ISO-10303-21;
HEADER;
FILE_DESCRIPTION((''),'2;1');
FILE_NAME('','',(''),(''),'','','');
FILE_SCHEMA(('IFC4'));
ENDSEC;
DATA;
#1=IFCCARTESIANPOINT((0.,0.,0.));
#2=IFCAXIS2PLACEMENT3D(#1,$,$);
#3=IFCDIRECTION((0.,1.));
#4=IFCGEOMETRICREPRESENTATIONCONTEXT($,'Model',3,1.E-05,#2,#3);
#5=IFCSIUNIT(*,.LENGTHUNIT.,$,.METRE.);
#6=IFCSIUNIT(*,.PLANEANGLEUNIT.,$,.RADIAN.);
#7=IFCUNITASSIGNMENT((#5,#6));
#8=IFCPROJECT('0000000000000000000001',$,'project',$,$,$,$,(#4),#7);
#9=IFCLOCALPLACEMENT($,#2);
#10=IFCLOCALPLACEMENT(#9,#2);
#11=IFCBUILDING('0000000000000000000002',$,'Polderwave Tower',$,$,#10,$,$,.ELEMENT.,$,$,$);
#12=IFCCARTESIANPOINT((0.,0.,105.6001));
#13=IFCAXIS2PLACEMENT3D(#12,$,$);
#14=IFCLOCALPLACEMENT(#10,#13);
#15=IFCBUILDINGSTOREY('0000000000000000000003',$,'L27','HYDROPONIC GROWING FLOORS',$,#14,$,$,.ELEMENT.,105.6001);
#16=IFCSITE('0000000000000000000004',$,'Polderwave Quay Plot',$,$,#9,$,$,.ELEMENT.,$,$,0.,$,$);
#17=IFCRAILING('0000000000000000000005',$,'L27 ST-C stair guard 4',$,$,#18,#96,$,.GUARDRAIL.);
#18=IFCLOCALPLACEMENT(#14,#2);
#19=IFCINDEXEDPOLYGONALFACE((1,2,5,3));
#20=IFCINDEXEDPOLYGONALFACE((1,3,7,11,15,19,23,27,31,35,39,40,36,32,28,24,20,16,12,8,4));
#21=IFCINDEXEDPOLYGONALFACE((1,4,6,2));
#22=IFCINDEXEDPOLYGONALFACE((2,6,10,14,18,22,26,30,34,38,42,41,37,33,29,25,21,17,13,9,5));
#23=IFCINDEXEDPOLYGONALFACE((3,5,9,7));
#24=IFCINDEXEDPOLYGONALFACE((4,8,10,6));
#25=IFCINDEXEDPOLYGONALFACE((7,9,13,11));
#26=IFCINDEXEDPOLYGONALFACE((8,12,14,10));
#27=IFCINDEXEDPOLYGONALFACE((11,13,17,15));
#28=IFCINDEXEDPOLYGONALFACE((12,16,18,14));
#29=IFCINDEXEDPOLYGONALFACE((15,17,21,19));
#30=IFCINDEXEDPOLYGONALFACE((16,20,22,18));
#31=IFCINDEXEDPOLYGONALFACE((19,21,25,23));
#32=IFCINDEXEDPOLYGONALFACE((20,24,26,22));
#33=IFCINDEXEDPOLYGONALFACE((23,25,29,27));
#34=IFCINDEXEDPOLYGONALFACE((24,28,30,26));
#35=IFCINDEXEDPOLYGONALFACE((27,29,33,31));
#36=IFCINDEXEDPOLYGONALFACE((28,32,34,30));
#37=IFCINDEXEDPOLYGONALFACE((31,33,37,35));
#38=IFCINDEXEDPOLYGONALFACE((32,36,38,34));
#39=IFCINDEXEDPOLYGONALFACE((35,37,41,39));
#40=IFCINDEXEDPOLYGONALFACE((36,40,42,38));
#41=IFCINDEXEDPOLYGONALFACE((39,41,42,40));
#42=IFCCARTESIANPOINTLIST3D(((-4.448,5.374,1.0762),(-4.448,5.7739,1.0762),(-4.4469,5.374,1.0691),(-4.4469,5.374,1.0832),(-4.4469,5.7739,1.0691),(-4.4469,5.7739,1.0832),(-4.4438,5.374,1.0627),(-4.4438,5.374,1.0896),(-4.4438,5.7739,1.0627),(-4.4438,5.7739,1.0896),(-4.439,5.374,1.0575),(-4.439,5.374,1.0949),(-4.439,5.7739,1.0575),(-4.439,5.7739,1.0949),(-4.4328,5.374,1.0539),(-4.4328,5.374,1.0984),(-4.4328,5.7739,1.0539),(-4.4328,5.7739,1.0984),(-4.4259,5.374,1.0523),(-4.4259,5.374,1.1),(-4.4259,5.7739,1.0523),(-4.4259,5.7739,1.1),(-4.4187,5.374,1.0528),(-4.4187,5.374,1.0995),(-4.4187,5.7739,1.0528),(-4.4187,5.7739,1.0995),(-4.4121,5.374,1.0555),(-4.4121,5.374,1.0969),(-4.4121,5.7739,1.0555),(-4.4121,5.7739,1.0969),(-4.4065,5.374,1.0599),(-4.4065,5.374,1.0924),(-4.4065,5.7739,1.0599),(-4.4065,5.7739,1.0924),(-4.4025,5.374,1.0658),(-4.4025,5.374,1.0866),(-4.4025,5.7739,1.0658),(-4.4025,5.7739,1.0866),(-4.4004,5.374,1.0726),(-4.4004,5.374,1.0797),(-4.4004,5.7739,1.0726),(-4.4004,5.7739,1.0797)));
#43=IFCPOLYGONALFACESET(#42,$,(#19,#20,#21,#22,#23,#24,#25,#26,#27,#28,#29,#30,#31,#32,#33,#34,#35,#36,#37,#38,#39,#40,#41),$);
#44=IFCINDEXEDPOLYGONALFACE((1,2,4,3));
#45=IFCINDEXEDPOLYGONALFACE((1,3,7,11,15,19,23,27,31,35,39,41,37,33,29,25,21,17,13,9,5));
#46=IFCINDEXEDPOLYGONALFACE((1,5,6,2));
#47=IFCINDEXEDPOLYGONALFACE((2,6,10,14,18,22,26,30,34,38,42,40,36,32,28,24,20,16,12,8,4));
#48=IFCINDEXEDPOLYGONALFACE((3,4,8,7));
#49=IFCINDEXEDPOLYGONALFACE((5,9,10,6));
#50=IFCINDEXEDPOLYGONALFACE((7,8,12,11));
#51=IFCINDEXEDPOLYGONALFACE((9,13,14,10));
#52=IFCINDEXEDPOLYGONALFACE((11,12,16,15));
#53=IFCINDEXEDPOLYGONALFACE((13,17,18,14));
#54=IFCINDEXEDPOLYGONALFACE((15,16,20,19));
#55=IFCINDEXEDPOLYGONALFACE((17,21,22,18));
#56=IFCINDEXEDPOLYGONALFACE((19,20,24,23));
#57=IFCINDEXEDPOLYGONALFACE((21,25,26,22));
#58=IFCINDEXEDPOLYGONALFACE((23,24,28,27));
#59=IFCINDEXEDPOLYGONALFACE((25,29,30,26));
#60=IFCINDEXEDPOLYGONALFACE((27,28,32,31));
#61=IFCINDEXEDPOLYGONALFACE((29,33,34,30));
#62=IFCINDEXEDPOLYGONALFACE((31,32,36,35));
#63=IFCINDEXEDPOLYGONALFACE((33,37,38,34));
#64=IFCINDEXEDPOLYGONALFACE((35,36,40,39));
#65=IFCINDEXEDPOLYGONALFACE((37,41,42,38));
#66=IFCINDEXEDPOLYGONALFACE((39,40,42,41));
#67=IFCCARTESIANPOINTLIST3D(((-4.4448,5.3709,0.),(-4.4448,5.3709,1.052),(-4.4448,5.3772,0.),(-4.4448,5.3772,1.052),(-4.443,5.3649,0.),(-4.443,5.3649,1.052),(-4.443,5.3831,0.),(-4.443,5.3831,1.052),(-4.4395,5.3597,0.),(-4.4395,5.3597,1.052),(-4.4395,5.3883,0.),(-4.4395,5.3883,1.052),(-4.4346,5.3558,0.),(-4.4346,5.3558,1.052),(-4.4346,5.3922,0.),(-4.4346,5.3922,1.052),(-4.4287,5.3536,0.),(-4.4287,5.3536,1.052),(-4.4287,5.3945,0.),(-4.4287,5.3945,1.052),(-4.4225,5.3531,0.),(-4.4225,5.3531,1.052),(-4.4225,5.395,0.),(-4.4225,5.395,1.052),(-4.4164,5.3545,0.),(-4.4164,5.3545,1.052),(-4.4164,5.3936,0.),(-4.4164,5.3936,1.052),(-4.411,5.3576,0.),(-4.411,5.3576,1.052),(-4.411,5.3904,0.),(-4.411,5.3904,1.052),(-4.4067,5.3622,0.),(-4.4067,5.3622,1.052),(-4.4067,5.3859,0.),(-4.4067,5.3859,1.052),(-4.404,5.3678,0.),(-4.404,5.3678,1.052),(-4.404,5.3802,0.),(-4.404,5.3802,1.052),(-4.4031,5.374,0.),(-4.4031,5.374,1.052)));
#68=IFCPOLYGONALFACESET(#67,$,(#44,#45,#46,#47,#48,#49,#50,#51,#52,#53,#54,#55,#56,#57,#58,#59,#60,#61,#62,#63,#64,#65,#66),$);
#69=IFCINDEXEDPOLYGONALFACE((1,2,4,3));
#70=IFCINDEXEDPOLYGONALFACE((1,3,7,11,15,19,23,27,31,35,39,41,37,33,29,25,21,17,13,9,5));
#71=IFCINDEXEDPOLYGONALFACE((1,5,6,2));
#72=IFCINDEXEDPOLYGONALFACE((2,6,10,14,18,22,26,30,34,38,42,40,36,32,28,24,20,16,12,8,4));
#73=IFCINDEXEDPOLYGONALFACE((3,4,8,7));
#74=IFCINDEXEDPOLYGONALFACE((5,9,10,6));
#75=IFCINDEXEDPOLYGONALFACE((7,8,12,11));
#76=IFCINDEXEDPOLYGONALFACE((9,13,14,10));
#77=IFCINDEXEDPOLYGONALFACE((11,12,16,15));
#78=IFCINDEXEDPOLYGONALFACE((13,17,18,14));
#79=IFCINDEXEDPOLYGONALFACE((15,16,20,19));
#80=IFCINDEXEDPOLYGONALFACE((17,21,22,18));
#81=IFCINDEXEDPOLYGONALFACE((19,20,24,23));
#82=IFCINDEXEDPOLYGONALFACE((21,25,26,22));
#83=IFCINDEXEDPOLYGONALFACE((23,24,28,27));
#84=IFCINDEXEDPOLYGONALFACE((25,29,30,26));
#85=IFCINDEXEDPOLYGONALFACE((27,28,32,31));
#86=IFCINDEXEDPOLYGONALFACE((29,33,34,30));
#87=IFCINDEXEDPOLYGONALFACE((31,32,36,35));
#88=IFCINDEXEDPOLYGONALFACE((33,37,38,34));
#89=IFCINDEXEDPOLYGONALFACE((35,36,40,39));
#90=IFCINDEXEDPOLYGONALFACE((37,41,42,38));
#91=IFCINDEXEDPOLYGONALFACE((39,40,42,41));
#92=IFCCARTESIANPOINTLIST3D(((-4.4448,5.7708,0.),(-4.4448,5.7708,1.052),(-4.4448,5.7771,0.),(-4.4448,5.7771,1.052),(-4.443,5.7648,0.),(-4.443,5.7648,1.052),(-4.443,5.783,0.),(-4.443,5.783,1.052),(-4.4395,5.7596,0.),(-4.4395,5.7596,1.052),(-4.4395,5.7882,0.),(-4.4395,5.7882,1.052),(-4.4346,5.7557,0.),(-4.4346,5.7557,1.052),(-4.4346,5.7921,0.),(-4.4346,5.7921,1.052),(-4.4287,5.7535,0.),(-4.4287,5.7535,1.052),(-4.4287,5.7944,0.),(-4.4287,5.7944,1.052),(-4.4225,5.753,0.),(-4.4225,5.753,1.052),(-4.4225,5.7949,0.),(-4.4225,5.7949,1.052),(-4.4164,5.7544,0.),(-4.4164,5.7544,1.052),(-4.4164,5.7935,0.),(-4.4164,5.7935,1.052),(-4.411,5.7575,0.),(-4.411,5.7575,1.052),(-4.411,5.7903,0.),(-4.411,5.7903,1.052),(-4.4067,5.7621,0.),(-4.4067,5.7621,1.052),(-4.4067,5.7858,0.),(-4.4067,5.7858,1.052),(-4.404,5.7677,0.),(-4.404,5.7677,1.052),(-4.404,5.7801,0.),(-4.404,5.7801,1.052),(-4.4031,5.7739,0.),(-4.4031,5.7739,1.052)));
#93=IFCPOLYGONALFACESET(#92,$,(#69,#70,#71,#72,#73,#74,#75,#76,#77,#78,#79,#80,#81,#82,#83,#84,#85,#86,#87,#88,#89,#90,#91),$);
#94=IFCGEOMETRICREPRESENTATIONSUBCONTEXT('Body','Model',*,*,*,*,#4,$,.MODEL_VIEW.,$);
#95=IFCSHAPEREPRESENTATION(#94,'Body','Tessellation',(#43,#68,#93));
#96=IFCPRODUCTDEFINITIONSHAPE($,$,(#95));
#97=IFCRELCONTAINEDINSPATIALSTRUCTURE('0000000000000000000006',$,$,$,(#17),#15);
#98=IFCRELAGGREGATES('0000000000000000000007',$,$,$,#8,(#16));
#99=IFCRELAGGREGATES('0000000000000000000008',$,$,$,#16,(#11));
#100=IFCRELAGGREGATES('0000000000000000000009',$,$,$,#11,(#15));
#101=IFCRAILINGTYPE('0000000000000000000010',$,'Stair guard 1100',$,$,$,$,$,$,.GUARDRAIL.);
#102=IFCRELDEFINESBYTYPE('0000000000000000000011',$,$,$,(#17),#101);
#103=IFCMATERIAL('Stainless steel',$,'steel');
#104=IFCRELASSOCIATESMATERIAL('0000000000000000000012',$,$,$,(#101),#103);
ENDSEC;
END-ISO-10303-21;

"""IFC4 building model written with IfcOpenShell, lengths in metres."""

from ifc_helpers import new_model, si_unit, direction, frame, origin, origin_2d, place, context, subcontext, project, spatial, circle, extrude, material, type_object, element, save


model = new_model("IFC4")

# Units and contexts
model_context = context("Model", 3, precision=1e-05, world=origin(), true_north=direction((0.0, 1.0)))
body_context = subcontext(model_context, "Body", "Model", "MODEL_VIEW")
ifc_project = project(units=[si_unit("LENGTHUNIT", "METRE"), si_unit("PLANEANGLEUNIT", "RADIAN")], contexts=[model_context])

# Site, building, storey
site_placement = place(None, origin())
site = spatial("IfcSite", under=ifc_project, at=site_placement, Name="Polderwave Quay Plot", CompositionType="ELEMENT", RefElevation=0.0)
building_placement = place(site_placement, origin())
building = spatial("IfcBuilding", under=site, at=building_placement, Name="Polderwave Tower", CompositionType="ELEMENT")
storey_placement = place(building_placement, frame((0.0, 0.0, 105.6001)))
storey = spatial("IfcBuildingStorey", under=building, at=storey_placement, Name="L27", Description="HYDROPONIC GROWING FLOORS", CompositionType="ELEMENT", Elevation=105.6001)

# Railing
ifc_material_1 = material(Name="Stainless steel", Category="steel")
railing_type_1 = type_object("IfcRailingType", Name="Stair guard 1100", PredefinedType="GUARDRAIL", material=ifc_material_1)
railing_1_placement = place(storey_placement, frame((-4.4241, 5.374, 0.0)))
element("IfcRailing", 1, at=railing_1_placement, inside=storey, type_object=railing_type_1, Name="L27 ST-C stair guard 4", PredefinedType="GUARDRAIL", context=body_context, shape_type="SweptSolid", body=[
    extrude(circle(Radius=0.0239, at=origin_2d()), frame((0.0, 0.0, 1.0762), z_axis=(0.0, 1.0, 0.0), x_axis=(-1.0, 0.0, 0.0)), (0.0, 0.0, 1.0), 0.3999),
    extrude(circle(Radius=0.021, at=origin_2d()), origin(), (0.0, 0.0, 1.0), 1.052),
    extrude(circle(Radius=0.021, at=origin_2d()), frame((0.0, 0.3999, 0.0)), (0.0, 0.0, 1.0), 1.052),
])

save(model, "model.ifc")
